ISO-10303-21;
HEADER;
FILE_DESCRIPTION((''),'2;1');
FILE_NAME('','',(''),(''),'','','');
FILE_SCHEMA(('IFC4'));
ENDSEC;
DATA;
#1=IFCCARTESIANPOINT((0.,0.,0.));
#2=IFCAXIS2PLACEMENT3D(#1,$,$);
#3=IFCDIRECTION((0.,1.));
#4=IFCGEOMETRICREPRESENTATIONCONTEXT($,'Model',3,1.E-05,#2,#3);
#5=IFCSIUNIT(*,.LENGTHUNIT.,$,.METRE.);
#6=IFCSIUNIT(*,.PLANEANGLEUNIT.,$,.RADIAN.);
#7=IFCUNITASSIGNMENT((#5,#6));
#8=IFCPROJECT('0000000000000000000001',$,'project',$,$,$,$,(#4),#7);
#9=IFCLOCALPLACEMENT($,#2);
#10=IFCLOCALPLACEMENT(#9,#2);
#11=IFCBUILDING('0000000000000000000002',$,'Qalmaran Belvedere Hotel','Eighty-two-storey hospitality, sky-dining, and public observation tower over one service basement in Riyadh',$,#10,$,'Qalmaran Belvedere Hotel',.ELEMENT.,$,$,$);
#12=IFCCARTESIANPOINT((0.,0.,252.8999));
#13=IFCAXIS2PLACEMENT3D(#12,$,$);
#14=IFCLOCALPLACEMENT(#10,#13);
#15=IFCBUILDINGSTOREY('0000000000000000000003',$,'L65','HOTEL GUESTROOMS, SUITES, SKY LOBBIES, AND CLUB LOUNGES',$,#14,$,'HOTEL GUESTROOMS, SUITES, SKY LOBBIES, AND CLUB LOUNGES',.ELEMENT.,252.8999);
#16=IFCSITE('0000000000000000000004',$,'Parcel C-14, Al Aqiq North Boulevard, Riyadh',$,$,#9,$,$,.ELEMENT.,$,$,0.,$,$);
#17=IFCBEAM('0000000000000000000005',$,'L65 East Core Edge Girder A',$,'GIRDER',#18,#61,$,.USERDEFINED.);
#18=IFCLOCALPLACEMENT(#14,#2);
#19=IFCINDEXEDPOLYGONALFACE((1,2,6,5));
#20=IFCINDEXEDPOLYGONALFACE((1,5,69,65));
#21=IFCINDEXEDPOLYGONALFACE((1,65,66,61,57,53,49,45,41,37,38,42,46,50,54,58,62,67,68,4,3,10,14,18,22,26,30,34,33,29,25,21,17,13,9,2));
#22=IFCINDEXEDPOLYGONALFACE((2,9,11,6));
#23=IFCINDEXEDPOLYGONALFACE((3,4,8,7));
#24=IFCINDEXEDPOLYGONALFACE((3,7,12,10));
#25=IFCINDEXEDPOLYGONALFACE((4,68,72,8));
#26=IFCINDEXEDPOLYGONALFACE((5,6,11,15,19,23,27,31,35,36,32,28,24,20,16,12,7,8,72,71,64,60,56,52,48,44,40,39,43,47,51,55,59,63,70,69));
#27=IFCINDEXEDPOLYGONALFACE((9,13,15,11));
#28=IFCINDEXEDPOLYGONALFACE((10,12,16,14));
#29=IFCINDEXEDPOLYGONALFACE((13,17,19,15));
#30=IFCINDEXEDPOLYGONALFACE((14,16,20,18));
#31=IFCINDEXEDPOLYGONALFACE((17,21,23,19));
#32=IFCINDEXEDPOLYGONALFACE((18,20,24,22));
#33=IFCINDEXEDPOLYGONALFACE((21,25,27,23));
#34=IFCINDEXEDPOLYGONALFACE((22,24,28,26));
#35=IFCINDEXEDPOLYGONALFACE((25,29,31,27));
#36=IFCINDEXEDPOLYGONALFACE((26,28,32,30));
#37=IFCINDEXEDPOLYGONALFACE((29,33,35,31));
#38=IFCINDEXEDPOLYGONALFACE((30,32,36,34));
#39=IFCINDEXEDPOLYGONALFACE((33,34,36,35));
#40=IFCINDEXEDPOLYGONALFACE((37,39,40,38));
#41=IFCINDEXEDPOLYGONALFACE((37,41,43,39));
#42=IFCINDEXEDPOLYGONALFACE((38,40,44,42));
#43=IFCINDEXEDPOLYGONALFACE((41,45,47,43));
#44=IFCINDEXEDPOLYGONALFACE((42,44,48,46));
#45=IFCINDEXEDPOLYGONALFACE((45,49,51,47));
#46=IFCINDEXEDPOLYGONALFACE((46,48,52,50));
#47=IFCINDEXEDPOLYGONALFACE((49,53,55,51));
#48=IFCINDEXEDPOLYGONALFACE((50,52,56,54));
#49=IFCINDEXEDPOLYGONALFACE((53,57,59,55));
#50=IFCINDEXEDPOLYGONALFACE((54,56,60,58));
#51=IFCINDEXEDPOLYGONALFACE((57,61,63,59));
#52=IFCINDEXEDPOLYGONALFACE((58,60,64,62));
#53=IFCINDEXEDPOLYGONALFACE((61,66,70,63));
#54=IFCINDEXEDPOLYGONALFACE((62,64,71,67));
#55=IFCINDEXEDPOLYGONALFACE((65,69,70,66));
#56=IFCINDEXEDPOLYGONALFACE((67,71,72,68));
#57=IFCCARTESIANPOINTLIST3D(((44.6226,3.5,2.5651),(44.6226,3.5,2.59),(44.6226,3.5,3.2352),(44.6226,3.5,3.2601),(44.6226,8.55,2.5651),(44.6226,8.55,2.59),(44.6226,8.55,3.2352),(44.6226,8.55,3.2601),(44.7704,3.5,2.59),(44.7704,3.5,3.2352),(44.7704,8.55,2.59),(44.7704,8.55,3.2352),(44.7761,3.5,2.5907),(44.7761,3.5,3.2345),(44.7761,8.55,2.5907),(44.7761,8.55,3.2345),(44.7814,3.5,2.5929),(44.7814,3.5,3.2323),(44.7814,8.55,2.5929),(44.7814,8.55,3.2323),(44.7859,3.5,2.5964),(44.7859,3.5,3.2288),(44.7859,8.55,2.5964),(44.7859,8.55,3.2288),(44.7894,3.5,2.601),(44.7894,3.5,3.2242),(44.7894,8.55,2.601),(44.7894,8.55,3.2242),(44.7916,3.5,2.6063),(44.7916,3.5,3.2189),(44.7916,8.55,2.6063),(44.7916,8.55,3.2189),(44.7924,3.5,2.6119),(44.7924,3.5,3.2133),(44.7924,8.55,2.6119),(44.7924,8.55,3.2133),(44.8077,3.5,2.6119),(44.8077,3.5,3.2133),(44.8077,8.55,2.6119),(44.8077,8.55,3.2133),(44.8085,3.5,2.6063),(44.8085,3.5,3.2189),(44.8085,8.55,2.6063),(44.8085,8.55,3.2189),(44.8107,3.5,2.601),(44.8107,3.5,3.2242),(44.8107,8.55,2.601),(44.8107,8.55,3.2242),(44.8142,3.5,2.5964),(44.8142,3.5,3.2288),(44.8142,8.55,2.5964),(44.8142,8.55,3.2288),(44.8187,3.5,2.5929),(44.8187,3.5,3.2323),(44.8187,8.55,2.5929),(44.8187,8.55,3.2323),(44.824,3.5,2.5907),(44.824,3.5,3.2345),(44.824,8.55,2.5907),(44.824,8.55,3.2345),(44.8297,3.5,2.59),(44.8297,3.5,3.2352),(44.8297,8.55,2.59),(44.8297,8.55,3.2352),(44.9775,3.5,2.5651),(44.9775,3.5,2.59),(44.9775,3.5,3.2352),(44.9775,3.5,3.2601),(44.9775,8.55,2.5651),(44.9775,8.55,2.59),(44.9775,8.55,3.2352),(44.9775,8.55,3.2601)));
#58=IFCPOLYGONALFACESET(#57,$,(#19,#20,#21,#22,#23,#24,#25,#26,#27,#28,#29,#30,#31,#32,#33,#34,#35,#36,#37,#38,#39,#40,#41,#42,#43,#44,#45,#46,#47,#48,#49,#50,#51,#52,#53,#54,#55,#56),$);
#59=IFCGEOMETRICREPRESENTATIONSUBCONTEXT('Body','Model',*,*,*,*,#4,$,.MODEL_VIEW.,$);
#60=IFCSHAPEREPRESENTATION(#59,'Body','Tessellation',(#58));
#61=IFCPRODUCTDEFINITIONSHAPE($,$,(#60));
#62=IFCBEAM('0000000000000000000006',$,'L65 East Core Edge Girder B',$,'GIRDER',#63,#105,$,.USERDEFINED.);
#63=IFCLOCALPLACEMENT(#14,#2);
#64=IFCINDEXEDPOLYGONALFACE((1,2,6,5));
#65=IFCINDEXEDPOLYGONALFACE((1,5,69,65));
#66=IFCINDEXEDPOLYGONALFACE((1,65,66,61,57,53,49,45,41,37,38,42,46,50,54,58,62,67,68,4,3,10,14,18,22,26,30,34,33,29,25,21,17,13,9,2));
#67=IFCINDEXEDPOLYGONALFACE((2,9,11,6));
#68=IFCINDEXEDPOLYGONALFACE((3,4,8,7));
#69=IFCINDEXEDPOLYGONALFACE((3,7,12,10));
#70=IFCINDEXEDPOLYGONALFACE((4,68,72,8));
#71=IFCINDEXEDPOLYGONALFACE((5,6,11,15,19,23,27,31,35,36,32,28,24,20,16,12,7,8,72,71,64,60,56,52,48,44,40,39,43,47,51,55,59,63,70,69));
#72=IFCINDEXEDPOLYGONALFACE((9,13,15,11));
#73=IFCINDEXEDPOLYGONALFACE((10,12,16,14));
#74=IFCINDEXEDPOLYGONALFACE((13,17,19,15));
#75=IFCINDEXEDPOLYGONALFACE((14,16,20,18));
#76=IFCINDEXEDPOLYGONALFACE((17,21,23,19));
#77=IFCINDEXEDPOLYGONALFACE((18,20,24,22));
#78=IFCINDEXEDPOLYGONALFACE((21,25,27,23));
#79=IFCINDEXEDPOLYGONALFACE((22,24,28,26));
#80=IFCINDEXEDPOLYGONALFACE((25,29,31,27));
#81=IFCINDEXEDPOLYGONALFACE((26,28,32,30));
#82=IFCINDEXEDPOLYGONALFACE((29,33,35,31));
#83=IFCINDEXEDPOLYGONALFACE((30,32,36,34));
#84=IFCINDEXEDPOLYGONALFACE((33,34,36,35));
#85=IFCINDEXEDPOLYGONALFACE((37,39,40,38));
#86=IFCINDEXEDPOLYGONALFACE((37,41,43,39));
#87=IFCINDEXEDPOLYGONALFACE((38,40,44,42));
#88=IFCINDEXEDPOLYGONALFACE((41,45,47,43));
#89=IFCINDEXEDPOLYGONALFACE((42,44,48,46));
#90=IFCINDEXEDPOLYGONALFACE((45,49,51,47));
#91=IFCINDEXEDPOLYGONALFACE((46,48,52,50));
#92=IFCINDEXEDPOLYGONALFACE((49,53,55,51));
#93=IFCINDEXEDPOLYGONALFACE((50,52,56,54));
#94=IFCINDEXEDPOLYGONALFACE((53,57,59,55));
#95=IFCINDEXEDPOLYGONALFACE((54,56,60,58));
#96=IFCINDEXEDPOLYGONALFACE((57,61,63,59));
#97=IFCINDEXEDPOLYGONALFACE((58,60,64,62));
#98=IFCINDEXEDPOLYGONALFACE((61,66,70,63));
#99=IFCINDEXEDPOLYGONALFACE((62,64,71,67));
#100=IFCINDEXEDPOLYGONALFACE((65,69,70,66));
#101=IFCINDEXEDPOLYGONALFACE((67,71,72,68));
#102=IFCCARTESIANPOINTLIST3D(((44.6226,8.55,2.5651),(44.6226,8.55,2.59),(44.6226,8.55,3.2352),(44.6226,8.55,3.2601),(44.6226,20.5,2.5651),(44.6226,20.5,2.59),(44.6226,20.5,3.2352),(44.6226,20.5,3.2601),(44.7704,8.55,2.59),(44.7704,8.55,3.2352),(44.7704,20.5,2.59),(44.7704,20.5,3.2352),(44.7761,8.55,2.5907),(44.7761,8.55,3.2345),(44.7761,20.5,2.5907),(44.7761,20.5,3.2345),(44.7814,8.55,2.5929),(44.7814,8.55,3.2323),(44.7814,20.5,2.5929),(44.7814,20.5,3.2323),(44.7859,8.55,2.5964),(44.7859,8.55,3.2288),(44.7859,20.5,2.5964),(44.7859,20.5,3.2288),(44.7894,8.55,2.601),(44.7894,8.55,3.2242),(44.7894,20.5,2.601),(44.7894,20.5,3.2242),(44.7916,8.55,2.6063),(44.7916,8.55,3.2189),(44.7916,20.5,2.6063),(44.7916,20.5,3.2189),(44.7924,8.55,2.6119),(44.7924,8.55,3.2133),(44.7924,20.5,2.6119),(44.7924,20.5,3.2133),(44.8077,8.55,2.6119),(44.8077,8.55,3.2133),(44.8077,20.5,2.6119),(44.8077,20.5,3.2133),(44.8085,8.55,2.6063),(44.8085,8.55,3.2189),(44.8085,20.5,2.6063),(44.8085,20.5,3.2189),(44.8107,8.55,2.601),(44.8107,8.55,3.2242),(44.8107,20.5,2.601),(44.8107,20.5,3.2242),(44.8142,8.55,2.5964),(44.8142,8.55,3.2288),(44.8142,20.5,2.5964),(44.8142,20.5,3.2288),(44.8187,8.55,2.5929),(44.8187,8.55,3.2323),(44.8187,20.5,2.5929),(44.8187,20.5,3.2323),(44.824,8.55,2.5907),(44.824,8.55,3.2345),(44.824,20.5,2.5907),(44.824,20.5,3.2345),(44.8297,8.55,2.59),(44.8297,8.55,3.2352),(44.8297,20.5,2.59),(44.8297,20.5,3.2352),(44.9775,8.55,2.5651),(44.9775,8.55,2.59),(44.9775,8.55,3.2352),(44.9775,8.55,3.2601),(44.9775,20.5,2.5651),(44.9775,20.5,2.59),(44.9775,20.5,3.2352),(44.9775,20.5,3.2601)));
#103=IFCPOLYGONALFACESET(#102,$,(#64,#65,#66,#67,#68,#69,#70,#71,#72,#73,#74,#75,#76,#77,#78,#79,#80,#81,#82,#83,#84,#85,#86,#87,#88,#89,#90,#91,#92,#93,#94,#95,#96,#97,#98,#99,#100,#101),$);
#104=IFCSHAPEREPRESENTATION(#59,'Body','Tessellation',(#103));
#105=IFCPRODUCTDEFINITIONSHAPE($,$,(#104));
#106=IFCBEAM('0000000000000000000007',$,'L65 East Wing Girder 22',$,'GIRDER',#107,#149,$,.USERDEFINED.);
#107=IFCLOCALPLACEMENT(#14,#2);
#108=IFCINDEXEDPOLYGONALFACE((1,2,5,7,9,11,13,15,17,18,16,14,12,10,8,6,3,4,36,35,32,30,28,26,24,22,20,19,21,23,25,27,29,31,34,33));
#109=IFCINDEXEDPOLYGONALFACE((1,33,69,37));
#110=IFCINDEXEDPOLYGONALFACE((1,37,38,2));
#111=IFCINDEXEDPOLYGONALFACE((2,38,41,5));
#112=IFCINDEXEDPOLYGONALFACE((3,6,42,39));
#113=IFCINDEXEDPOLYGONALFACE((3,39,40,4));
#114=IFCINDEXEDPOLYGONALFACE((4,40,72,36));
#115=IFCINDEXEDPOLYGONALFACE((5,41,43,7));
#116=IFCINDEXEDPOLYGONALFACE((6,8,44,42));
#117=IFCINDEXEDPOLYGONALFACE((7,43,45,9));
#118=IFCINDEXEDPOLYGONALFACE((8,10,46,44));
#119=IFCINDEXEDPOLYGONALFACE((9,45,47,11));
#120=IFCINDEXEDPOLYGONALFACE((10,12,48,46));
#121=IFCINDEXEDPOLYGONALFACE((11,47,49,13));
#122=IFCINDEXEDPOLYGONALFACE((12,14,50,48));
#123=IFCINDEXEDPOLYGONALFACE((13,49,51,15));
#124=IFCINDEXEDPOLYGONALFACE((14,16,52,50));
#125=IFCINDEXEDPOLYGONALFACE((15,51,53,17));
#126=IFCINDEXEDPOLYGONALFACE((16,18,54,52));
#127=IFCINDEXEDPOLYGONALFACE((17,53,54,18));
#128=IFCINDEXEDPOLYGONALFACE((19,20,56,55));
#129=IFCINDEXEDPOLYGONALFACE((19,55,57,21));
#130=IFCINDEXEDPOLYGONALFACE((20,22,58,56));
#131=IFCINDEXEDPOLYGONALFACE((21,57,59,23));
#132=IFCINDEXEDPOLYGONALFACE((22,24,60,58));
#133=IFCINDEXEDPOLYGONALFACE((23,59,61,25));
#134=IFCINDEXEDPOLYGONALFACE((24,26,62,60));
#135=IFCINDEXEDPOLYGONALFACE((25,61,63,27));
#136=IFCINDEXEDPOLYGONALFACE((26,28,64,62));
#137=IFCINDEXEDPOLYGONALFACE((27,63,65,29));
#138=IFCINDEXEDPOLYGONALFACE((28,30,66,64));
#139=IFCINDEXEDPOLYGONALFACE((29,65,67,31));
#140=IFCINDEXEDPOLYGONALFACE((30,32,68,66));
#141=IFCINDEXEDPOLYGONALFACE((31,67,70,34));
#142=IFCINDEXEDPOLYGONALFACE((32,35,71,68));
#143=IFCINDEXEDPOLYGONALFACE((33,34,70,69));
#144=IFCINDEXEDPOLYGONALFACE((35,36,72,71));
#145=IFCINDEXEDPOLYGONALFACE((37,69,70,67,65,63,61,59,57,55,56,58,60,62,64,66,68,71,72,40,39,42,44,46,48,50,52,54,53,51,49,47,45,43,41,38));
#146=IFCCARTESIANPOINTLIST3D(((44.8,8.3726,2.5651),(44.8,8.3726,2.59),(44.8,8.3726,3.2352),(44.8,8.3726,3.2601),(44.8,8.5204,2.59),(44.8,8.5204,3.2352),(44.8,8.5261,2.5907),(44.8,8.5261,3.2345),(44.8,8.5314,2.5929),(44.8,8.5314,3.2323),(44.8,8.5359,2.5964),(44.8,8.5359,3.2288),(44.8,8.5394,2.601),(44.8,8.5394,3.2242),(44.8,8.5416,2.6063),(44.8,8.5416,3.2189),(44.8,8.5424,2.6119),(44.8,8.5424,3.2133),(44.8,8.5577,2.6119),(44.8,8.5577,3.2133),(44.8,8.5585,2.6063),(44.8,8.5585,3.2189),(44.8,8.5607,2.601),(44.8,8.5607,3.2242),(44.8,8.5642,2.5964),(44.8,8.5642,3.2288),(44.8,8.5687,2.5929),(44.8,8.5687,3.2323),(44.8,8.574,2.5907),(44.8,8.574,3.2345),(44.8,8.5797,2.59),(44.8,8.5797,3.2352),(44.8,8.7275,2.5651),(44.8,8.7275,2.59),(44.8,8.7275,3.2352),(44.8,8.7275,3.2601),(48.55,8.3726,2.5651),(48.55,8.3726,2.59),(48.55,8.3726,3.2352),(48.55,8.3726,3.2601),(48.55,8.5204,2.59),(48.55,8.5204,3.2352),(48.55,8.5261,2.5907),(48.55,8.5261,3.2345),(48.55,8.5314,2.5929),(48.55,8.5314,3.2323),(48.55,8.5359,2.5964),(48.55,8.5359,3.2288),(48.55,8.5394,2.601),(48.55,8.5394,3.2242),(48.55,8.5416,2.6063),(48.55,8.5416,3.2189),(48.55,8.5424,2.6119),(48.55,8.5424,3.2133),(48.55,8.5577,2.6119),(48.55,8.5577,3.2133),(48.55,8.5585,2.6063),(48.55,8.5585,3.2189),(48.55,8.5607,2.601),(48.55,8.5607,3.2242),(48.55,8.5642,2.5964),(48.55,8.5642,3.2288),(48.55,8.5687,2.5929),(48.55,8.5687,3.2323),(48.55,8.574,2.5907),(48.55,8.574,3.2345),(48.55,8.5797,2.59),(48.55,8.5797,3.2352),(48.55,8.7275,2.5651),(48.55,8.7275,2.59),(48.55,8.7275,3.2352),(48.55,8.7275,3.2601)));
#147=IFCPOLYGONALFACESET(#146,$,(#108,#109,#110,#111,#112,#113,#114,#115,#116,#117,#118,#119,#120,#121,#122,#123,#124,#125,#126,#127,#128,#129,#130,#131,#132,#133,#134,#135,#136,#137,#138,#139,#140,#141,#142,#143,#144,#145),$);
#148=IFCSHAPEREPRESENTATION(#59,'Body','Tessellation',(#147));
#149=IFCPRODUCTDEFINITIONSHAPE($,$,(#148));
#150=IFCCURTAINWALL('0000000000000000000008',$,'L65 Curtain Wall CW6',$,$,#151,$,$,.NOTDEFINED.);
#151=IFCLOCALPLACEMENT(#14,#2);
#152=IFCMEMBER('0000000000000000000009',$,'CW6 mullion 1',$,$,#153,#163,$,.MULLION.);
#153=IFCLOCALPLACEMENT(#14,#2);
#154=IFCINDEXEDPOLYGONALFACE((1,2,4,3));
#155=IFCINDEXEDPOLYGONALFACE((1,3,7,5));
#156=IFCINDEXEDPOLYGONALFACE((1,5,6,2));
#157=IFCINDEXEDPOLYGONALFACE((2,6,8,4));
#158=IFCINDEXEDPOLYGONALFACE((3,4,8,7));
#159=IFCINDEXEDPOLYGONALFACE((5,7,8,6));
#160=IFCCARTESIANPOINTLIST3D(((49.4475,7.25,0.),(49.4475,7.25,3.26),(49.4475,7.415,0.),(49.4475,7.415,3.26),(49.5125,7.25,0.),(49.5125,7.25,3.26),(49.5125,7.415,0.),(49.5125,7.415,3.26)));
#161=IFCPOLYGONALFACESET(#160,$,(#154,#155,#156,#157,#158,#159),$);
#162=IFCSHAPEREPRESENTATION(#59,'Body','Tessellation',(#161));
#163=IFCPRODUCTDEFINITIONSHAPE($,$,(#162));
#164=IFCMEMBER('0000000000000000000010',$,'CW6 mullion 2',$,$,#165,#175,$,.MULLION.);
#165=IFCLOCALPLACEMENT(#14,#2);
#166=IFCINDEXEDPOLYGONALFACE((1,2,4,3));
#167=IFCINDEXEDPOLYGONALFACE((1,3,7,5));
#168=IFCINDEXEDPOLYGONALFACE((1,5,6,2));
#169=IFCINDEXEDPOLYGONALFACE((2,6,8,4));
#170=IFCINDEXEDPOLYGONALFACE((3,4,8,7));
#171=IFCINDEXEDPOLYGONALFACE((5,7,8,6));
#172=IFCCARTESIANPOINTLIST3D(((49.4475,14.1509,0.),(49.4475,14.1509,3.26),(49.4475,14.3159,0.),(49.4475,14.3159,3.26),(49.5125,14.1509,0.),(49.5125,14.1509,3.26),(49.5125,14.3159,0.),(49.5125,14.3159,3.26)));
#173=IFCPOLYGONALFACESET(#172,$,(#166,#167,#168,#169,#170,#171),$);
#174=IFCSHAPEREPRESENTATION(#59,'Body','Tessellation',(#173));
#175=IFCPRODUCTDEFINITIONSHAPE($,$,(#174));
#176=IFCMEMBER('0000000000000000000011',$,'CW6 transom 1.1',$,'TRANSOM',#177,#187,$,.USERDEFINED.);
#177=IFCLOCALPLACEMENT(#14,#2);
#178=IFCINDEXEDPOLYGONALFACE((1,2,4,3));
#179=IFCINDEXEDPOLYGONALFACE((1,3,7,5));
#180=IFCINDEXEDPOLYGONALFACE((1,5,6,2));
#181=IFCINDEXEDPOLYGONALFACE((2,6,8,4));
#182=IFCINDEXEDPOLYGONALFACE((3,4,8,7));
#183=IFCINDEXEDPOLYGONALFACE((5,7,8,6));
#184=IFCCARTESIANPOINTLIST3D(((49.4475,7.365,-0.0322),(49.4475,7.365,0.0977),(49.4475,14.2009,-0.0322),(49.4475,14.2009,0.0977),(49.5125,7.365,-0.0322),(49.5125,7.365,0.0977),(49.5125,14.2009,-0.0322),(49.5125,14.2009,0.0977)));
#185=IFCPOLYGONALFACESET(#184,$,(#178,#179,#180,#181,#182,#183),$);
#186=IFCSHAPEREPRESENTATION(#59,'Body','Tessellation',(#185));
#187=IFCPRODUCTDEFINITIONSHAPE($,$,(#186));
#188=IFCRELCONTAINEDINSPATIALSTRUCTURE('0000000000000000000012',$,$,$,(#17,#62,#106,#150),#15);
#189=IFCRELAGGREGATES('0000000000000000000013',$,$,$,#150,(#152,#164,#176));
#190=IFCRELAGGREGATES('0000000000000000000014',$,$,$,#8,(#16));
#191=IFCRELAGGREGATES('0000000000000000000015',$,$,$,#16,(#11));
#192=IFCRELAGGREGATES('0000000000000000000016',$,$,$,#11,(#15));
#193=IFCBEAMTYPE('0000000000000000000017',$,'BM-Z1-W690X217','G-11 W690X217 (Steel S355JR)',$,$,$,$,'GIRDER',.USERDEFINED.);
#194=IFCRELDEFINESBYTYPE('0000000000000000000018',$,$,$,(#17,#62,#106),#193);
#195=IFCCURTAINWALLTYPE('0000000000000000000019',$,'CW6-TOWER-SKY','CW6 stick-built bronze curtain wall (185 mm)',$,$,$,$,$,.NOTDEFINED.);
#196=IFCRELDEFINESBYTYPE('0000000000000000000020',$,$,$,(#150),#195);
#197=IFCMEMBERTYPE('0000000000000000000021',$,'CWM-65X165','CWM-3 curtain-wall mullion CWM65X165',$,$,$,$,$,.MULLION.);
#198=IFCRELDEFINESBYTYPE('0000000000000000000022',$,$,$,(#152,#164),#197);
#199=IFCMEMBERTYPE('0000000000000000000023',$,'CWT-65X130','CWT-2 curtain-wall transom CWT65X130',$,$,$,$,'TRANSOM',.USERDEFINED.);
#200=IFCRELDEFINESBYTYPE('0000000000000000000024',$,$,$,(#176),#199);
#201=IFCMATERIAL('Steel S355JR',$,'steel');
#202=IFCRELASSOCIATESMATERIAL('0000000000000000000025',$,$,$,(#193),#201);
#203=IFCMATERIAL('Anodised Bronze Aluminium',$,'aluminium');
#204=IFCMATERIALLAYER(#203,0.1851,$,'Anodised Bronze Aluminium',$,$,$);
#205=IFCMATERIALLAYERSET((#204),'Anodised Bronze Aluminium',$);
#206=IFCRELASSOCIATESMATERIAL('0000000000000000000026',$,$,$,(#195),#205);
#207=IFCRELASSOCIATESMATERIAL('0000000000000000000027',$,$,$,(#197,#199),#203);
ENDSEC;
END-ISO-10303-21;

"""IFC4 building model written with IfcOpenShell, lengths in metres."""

from ifc_helpers import new_model, si_unit, direction, frame, origin, origin_2d, place, context, subcontext, project, spatial, rectangle, i_section, extrude, material, layer, layer_set, material_profile, profile_set, type_object, element, aggregate, save


model = new_model("IFC4")

# Units and contexts
model_context = context("Model", 3, precision=1e-05, world=origin(), true_north=direction((0.0, 1.0)))
body_context = subcontext(model_context, "Body", "Model", "MODEL_VIEW")
ifc_project = project(units=[si_unit("LENGTHUNIT", "METRE"), si_unit("PLANEANGLEUNIT", "RADIAN")], contexts=[model_context])

# Site, building, storey
site_placement = place(None, origin())
site = spatial("IfcSite", under=ifc_project, at=site_placement, Name="Parcel C-14, Al Aqiq North Boulevard, Riyadh", CompositionType="ELEMENT", RefElevation=0.0)
building_placement = place(site_placement, origin())
building = spatial("IfcBuilding", under=site, at=building_placement, Name="Qalmaran Belvedere Hotel", Description="Eighty-two-storey hospitality, sky-dining, and public observation tower over one service basement in Riyadh", LongName="Qalmaran Belvedere Hotel", CompositionType="ELEMENT")
storey_placement = place(building_placement, frame((0.0, 0.0, 252.8999)))
storey = spatial("IfcBuildingStorey", under=building, at=storey_placement, Name="L65", Description="HOTEL GUESTROOMS, SUITES, SKY LOBBIES, AND CLUB LOUNGES", LongName="HOTEL GUESTROOMS, SUITES, SKY LOBBIES, AND CLUB LOUNGES", CompositionType="ELEMENT", Elevation=252.8999)

# Beams
ifc_material_1 = material(Name="Steel S355JR", Category="steel")
ifc_material_profile_1 = material_profile(ifc_material_1, i_section(OverallWidth=0.355, OverallDepth=0.6951, WebThickness=0.0154, FlangeThickness=0.0249, FilletRadius=0.022, at=origin_2d()), Name="W690X217")
ifc_profile_set_1 = profile_set([ifc_material_profile_1], Name="Steel S355JR")
beam_type_1 = type_object("IfcBeamType", Name="BM-Z1-W690X217", Description="G-11 W690X217 (Steel S355JR)", ElementType="GIRDER", PredefinedType="USERDEFINED", material=ifc_profile_set_1)
beam_1_placement = place(storey_placement, frame((44.8, 3.5, 2.9126), z_axis=(0.0, 1.0, 0.0), x_axis=(-1.0, 0.0, 0.0)))
element("IfcBeam", 1, at=beam_1_placement, inside=storey, type_object=beam_type_1, Name="L65 East Core Edge Girder A", ObjectType="GIRDER", PredefinedType="USERDEFINED", context=body_context, shape_type="SweptSolid", body=[
    extrude(i_section(OverallWidth=0.355, OverallDepth=0.6951, WebThickness=0.0154, FlangeThickness=0.0249, FilletRadius=0.022, at=origin_2d()), origin(), (0.0, 0.0, 1.0), 5.05),
])
beam_2_placement = place(storey_placement, frame((44.8, 8.55, 2.9126), z_axis=(0.0, 1.0, 0.0), x_axis=(-1.0, 0.0, 0.0)))
element("IfcBeam", 2, at=beam_2_placement, inside=storey, type_object=beam_type_1, Name="L65 East Core Edge Girder B", ObjectType="GIRDER", PredefinedType="USERDEFINED", context=body_context, shape_type="SweptSolid", body=[
    extrude(i_section(OverallWidth=0.355, OverallDepth=0.6951, WebThickness=0.0154, FlangeThickness=0.0249, FilletRadius=0.022, at=origin_2d()), origin(), (0.0, 0.0, 1.0), 11.95),
])
beam_3_placement = place(storey_placement, frame((44.8, 8.55, 2.9126), z_axis=(1.0, 0.0, 0.0), x_axis=(0.0, 1.0, 0.0)))
element("IfcBeam", 3, at=beam_3_placement, inside=storey, type_object=beam_type_1, Name="L65 East Wing Girder 22", ObjectType="GIRDER", PredefinedType="USERDEFINED", context=body_context, shape_type="SweptSolid", body=[
    extrude(i_section(OverallWidth=0.355, OverallDepth=0.6951, WebThickness=0.0154, FlangeThickness=0.0249, FilletRadius=0.022, at=origin_2d()), origin(), (0.0, 0.0, 1.0), 3.75),
])

# Curtain wall, members
ifc_material_2 = material(Name="Anodised Bronze Aluminium", Category="aluminium")
ifc_layer_1 = layer(ifc_material_2, 0.1851, Name="Anodised Bronze Aluminium")
ifc_layer_set_1 = layer_set([ifc_layer_1], Name="Anodised Bronze Aluminium")
curtain_wall_type = type_object("IfcCurtainWallType", Name="CW6-TOWER-SKY", Description="CW6 stick-built bronze curtain wall (185 mm)", PredefinedType="NOTDEFINED", material=ifc_layer_set_1)
curtain_wall_placement = place(storey_placement, origin())
curtain_wall = element("IfcCurtainWall", 4, at=curtain_wall_placement, inside=storey, type_object=curtain_wall_type, Name="L65 Curtain Wall CW6", PredefinedType="NOTDEFINED")
ifc_material_profile_2 = material_profile(ifc_material_2, rectangle(XDim=0.0649, YDim=0.165, at=origin_2d()), Name="CWM65X165")
ifc_profile_set_2 = profile_set([ifc_material_profile_2], Name="Anodised Bronze Aluminium")
member_type_1 = type_object("IfcMemberType", Name="CWM-65X165", Description="CWM-3 curtain-wall mullion CWM65X165", PredefinedType="MULLION", material=ifc_profile_set_2)
member_1_placement = place(storey_placement, frame((49.48, 7.3325, 0.0), z_axis=(0.0, 0.0, 1.0), x_axis=(-1.0, 0.0, 0.0)))
member_1 = element("IfcMember", 5, at=member_1_placement, type_object=member_type_1, Name="CW6 mullion 1", PredefinedType="MULLION", context=body_context, shape_type="SweptSolid", body=[
    extrude(rectangle(XDim=0.0649, YDim=0.165, at=origin_2d()), origin(), (0.0, 0.0, 1.0), 3.26),
])
member_2_placement = place(storey_placement, frame((49.48, 14.2334, 0.0), z_axis=(0.0, 0.0, 1.0), x_axis=(-1.0, 0.0, 0.0)))
member_2 = element("IfcMember", 6, at=member_2_placement, type_object=member_type_1, Name="CW6 mullion 2", PredefinedType="MULLION", context=body_context, shape_type="SweptSolid", body=[
    extrude(rectangle(XDim=0.0649, YDim=0.165, at=origin_2d()), origin(), (0.0, 0.0, 1.0), 3.26),
])
ifc_material_profile_3 = material_profile(ifc_material_2, rectangle(XDim=0.0649, YDim=0.1299, at=origin_2d()), Name="CWT65X130")
ifc_profile_set_3 = profile_set([ifc_material_profile_3], Name="Anodised Bronze Aluminium")
member_type_2 = type_object("IfcMemberType", Name="CWT-65X130", Description="CWT-2 curtain-wall transom CWT65X130", ElementType="TRANSOM", PredefinedType="USERDEFINED", material=ifc_profile_set_3)
member_3_placement = place(storey_placement, frame((49.48, 7.365, 0.0327), z_axis=(0.0, 1.0, 0.0), x_axis=(-1.0, 0.0, 0.0)))
member_3 = element("IfcMember", 7, at=member_3_placement, type_object=member_type_2, Name="CW6 transom 1.1", ObjectType="TRANSOM", PredefinedType="USERDEFINED", context=body_context, shape_type="SweptSolid", body=[
    extrude(rectangle(XDim=0.0649, YDim=0.1299, at=origin_2d()), origin(), (0.0, 0.0, 1.0), 6.8359),
])
aggregate(curtain_wall, [member_1, member_2, member_3])

save(model, "model.ifc")
